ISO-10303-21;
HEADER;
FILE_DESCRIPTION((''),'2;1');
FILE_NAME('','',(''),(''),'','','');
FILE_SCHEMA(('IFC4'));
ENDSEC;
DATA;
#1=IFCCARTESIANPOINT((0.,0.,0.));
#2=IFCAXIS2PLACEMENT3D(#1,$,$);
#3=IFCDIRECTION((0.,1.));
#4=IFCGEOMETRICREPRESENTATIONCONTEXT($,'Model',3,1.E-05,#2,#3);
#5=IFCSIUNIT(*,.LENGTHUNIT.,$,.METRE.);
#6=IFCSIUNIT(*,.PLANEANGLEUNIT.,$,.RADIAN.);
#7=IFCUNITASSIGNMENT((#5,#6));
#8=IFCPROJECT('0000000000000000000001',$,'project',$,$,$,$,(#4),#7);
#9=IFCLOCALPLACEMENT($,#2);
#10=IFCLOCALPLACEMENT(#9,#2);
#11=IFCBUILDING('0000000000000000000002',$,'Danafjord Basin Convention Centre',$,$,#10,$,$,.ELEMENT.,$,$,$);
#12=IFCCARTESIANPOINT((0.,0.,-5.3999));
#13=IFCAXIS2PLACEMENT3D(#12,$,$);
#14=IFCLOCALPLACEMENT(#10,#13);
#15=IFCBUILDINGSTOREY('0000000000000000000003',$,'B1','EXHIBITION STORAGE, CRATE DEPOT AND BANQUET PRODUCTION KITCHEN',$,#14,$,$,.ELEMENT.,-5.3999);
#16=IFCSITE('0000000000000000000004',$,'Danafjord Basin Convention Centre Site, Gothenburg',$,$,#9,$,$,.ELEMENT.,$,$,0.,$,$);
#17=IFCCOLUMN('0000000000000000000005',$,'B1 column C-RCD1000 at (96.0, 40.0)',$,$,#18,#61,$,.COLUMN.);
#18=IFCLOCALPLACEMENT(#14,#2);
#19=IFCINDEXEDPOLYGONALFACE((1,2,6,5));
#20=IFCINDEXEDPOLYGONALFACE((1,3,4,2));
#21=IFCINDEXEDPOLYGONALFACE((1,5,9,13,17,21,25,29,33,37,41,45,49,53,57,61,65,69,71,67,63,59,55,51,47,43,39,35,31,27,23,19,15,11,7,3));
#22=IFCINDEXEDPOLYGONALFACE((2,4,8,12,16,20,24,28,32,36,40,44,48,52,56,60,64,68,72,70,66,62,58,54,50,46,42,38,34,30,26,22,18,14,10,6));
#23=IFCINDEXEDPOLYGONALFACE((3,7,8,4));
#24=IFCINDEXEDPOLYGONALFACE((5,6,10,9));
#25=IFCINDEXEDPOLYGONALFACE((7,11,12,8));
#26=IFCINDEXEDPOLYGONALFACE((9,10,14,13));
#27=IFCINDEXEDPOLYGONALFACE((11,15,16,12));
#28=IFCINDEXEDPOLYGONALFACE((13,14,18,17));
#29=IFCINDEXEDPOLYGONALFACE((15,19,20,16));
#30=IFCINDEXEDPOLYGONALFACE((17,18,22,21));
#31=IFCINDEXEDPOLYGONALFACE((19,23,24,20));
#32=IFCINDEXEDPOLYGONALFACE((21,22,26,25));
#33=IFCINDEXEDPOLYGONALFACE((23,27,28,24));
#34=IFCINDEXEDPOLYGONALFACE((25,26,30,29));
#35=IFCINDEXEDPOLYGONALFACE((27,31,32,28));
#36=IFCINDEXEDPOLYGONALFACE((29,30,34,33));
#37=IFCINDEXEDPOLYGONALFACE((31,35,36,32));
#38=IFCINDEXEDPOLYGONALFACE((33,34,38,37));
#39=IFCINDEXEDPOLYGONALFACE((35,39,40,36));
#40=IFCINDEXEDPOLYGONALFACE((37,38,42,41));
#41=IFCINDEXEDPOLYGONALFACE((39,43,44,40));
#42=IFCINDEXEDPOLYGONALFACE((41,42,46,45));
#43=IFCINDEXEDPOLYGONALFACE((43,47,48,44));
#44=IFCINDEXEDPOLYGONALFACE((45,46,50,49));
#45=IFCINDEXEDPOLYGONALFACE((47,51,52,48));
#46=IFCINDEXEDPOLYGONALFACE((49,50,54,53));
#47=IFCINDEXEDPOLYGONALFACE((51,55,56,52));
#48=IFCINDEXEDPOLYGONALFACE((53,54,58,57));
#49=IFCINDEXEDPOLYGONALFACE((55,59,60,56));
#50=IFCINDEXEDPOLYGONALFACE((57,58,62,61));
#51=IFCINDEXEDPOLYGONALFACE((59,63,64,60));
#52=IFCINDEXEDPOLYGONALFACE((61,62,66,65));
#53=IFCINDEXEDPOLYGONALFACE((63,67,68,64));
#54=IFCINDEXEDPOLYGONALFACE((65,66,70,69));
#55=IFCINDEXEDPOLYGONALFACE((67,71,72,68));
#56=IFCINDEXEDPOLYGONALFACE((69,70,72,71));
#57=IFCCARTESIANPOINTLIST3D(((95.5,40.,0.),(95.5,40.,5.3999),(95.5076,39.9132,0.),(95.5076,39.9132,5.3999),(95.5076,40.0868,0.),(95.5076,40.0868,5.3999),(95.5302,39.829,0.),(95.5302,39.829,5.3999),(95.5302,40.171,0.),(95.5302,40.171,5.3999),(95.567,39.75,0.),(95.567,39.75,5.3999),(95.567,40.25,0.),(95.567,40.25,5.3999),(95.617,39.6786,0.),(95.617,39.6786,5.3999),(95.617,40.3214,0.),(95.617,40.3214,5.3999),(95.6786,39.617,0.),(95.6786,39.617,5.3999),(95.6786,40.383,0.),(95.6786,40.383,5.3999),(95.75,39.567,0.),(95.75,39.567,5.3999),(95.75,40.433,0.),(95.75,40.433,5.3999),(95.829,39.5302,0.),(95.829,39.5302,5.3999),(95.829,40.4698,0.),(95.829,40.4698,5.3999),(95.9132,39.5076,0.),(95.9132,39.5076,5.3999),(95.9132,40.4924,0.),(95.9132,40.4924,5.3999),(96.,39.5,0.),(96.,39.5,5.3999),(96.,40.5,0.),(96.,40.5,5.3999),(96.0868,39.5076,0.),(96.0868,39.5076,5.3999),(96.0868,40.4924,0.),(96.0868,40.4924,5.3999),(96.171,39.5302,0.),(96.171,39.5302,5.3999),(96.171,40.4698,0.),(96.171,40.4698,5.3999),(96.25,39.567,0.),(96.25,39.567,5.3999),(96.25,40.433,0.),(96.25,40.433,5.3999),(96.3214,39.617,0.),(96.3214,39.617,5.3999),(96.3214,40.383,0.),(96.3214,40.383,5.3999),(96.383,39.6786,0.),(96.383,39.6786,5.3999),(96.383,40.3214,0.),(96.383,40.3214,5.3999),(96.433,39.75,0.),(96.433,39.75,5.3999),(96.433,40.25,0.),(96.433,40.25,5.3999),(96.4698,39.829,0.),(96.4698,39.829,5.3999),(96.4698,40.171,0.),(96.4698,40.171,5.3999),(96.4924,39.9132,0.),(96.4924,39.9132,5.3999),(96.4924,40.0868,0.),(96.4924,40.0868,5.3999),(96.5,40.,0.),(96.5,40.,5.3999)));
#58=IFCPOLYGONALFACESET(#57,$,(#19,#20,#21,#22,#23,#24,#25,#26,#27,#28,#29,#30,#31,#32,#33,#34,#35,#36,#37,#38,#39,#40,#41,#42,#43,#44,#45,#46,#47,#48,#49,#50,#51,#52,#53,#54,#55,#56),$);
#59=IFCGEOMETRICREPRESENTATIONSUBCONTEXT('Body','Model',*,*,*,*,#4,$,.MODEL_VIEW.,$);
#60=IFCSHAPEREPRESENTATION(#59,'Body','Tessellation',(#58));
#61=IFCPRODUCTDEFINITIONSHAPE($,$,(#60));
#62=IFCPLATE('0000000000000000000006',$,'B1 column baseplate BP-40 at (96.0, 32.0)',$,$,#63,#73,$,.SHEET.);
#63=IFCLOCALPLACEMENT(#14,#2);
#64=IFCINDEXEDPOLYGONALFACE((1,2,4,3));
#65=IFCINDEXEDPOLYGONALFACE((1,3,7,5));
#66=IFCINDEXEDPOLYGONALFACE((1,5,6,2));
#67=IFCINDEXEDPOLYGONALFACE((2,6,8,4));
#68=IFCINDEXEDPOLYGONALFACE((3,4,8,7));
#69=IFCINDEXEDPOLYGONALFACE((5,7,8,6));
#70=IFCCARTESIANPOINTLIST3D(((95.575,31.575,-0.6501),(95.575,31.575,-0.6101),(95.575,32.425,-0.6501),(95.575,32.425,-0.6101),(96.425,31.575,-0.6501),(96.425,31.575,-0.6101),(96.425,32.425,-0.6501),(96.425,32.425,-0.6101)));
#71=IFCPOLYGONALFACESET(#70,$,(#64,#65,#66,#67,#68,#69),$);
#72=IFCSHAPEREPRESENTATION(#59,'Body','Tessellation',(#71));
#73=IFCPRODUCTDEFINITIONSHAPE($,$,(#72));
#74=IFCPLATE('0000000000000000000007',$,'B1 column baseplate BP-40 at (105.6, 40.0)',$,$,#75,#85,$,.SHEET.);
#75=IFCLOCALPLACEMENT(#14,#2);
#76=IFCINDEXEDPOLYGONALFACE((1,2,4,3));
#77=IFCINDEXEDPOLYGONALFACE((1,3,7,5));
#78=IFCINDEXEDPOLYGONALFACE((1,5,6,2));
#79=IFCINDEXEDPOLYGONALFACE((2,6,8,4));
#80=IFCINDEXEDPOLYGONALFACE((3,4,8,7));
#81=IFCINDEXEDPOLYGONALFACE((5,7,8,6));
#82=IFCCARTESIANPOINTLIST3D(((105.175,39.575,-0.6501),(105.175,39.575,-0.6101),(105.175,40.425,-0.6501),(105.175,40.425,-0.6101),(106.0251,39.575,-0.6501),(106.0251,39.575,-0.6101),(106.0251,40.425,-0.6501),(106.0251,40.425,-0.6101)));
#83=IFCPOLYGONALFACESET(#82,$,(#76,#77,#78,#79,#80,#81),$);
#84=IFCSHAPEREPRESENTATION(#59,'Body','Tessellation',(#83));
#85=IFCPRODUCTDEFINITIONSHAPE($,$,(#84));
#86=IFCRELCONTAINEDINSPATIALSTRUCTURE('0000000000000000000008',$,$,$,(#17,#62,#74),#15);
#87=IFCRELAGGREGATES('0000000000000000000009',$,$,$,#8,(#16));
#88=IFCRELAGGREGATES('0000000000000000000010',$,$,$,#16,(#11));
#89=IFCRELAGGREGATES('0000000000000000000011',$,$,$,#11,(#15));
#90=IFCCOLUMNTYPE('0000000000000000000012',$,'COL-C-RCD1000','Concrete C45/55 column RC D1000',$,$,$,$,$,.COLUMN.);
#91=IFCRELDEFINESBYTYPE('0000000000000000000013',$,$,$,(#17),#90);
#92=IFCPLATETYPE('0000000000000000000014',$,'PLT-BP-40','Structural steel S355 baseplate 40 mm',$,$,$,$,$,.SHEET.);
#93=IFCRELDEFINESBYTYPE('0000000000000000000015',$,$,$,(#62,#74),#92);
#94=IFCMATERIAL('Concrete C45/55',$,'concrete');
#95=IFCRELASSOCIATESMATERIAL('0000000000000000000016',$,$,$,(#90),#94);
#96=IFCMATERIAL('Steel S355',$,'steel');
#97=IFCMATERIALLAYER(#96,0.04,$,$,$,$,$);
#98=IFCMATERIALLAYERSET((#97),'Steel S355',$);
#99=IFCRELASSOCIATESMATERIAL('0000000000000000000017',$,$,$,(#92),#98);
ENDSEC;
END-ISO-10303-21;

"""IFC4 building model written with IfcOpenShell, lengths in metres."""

from ifc_helpers import new_model, si_unit, direction, frame, origin, origin_2d, place, context, subcontext, project, spatial, rectangle, circle, extrude, material, layer, layer_set, material_profile, profile_set, type_object, element, save


model = new_model("IFC4")

# Units and contexts
model_context = context("Model", 3, precision=1e-05, world=origin(), true_north=direction((0.0, 1.0)))
body_context = subcontext(model_context, "Body", "Model", "MODEL_VIEW")
ifc_project = project(units=[si_unit("LENGTHUNIT", "METRE"), si_unit("PLANEANGLEUNIT", "RADIAN")], contexts=[model_context])

# Site, building, storey
site_placement = place(None, origin())
site = spatial("IfcSite", under=ifc_project, at=site_placement, Name="Danafjord Basin Convention Centre Site, Gothenburg", CompositionType="ELEMENT", RefElevation=0.0)
building_placement = place(site_placement, origin())
building = spatial("IfcBuilding", under=site, at=building_placement, Name="Danafjord Basin Convention Centre", CompositionType="ELEMENT")
storey_placement = place(building_placement, frame((0.0, 0.0, -5.3999)))
storey = spatial("IfcBuildingStorey", under=building, at=storey_placement, Name="B1", Description="EXHIBITION STORAGE, CRATE DEPOT AND BANQUET PRODUCTION KITCHEN", CompositionType="ELEMENT", Elevation=-5.3999)

# Column
ifc_material_1 = material(Name="Concrete C45/55", Category="concrete")
ifc_material_profile_1 = material_profile(ifc_material_1, circle(Radius=0.5, at=origin_2d()), Name="RC D1000")
ifc_profile_set_1 = profile_set([ifc_material_profile_1], Name="Concrete C45/55")
column_type_1 = type_object("IfcColumnType", Name="COL-C-RCD1000", Description="Concrete C45/55 column RC D1000", PredefinedType="COLUMN", material=ifc_profile_set_1)
column_1_placement = place(storey_placement, frame((96.0, 40.0, 0.0), z_axis=(0.0, 0.0, 1.0), x_axis=(1.0, 0.0, 0.0)))
element("IfcColumn", 1, at=column_1_placement, inside=storey, type_object=column_type_1, Name="B1 column C-RCD1000 at (96.0, 40.0)", PredefinedType="COLUMN", context=body_context, shape_type="SweptSolid", body=[
    extrude(circle(Radius=0.5, at=origin_2d()), origin(), (0.0, 0.0, 1.0), 5.3999),
])

# Plates
ifc_material_2 = material(Name="Steel S355", Category="steel")
ifc_layer = layer(ifc_material_2, 0.04)
ifc_layer_set = layer_set([ifc_layer], Name="Steel S355")
plate_type = type_object("IfcPlateType", Name="PLT-BP-40", Description="Structural steel S355 baseplate 40 mm", PredefinedType="SHEET", material=ifc_layer_set)
for number, where, z_axis, x_axis, name in (
    (2, (96.0, 32.0, -0.6501), (0.0, 0.0, 1.0), (1.0, 0.0, 0.0), "B1 column baseplate BP-40 at (96.0, 32.0)"),
    (3, (105.6001, 40.0, -0.6501), (0.0, 0.0, 1.0), (1.0, 0.0, 0.0), "B1 column baseplate BP-40 at (105.6, 40.0)"),
):
    element("IfcPlate", number, at=place(storey_placement, frame(where, z_axis=z_axis, x_axis=x_axis)), inside=storey, type_object=plate_type, Name=name, PredefinedType="SHEET", context=body_context, shape_type="SweptSolid", body=[
        extrude(rectangle(XDim=0.8501, YDim=0.8501, at=origin_2d()), origin(), (0.0, 0.0, 1.0), 0.04),
    ])

save(model, "model.ifc")
